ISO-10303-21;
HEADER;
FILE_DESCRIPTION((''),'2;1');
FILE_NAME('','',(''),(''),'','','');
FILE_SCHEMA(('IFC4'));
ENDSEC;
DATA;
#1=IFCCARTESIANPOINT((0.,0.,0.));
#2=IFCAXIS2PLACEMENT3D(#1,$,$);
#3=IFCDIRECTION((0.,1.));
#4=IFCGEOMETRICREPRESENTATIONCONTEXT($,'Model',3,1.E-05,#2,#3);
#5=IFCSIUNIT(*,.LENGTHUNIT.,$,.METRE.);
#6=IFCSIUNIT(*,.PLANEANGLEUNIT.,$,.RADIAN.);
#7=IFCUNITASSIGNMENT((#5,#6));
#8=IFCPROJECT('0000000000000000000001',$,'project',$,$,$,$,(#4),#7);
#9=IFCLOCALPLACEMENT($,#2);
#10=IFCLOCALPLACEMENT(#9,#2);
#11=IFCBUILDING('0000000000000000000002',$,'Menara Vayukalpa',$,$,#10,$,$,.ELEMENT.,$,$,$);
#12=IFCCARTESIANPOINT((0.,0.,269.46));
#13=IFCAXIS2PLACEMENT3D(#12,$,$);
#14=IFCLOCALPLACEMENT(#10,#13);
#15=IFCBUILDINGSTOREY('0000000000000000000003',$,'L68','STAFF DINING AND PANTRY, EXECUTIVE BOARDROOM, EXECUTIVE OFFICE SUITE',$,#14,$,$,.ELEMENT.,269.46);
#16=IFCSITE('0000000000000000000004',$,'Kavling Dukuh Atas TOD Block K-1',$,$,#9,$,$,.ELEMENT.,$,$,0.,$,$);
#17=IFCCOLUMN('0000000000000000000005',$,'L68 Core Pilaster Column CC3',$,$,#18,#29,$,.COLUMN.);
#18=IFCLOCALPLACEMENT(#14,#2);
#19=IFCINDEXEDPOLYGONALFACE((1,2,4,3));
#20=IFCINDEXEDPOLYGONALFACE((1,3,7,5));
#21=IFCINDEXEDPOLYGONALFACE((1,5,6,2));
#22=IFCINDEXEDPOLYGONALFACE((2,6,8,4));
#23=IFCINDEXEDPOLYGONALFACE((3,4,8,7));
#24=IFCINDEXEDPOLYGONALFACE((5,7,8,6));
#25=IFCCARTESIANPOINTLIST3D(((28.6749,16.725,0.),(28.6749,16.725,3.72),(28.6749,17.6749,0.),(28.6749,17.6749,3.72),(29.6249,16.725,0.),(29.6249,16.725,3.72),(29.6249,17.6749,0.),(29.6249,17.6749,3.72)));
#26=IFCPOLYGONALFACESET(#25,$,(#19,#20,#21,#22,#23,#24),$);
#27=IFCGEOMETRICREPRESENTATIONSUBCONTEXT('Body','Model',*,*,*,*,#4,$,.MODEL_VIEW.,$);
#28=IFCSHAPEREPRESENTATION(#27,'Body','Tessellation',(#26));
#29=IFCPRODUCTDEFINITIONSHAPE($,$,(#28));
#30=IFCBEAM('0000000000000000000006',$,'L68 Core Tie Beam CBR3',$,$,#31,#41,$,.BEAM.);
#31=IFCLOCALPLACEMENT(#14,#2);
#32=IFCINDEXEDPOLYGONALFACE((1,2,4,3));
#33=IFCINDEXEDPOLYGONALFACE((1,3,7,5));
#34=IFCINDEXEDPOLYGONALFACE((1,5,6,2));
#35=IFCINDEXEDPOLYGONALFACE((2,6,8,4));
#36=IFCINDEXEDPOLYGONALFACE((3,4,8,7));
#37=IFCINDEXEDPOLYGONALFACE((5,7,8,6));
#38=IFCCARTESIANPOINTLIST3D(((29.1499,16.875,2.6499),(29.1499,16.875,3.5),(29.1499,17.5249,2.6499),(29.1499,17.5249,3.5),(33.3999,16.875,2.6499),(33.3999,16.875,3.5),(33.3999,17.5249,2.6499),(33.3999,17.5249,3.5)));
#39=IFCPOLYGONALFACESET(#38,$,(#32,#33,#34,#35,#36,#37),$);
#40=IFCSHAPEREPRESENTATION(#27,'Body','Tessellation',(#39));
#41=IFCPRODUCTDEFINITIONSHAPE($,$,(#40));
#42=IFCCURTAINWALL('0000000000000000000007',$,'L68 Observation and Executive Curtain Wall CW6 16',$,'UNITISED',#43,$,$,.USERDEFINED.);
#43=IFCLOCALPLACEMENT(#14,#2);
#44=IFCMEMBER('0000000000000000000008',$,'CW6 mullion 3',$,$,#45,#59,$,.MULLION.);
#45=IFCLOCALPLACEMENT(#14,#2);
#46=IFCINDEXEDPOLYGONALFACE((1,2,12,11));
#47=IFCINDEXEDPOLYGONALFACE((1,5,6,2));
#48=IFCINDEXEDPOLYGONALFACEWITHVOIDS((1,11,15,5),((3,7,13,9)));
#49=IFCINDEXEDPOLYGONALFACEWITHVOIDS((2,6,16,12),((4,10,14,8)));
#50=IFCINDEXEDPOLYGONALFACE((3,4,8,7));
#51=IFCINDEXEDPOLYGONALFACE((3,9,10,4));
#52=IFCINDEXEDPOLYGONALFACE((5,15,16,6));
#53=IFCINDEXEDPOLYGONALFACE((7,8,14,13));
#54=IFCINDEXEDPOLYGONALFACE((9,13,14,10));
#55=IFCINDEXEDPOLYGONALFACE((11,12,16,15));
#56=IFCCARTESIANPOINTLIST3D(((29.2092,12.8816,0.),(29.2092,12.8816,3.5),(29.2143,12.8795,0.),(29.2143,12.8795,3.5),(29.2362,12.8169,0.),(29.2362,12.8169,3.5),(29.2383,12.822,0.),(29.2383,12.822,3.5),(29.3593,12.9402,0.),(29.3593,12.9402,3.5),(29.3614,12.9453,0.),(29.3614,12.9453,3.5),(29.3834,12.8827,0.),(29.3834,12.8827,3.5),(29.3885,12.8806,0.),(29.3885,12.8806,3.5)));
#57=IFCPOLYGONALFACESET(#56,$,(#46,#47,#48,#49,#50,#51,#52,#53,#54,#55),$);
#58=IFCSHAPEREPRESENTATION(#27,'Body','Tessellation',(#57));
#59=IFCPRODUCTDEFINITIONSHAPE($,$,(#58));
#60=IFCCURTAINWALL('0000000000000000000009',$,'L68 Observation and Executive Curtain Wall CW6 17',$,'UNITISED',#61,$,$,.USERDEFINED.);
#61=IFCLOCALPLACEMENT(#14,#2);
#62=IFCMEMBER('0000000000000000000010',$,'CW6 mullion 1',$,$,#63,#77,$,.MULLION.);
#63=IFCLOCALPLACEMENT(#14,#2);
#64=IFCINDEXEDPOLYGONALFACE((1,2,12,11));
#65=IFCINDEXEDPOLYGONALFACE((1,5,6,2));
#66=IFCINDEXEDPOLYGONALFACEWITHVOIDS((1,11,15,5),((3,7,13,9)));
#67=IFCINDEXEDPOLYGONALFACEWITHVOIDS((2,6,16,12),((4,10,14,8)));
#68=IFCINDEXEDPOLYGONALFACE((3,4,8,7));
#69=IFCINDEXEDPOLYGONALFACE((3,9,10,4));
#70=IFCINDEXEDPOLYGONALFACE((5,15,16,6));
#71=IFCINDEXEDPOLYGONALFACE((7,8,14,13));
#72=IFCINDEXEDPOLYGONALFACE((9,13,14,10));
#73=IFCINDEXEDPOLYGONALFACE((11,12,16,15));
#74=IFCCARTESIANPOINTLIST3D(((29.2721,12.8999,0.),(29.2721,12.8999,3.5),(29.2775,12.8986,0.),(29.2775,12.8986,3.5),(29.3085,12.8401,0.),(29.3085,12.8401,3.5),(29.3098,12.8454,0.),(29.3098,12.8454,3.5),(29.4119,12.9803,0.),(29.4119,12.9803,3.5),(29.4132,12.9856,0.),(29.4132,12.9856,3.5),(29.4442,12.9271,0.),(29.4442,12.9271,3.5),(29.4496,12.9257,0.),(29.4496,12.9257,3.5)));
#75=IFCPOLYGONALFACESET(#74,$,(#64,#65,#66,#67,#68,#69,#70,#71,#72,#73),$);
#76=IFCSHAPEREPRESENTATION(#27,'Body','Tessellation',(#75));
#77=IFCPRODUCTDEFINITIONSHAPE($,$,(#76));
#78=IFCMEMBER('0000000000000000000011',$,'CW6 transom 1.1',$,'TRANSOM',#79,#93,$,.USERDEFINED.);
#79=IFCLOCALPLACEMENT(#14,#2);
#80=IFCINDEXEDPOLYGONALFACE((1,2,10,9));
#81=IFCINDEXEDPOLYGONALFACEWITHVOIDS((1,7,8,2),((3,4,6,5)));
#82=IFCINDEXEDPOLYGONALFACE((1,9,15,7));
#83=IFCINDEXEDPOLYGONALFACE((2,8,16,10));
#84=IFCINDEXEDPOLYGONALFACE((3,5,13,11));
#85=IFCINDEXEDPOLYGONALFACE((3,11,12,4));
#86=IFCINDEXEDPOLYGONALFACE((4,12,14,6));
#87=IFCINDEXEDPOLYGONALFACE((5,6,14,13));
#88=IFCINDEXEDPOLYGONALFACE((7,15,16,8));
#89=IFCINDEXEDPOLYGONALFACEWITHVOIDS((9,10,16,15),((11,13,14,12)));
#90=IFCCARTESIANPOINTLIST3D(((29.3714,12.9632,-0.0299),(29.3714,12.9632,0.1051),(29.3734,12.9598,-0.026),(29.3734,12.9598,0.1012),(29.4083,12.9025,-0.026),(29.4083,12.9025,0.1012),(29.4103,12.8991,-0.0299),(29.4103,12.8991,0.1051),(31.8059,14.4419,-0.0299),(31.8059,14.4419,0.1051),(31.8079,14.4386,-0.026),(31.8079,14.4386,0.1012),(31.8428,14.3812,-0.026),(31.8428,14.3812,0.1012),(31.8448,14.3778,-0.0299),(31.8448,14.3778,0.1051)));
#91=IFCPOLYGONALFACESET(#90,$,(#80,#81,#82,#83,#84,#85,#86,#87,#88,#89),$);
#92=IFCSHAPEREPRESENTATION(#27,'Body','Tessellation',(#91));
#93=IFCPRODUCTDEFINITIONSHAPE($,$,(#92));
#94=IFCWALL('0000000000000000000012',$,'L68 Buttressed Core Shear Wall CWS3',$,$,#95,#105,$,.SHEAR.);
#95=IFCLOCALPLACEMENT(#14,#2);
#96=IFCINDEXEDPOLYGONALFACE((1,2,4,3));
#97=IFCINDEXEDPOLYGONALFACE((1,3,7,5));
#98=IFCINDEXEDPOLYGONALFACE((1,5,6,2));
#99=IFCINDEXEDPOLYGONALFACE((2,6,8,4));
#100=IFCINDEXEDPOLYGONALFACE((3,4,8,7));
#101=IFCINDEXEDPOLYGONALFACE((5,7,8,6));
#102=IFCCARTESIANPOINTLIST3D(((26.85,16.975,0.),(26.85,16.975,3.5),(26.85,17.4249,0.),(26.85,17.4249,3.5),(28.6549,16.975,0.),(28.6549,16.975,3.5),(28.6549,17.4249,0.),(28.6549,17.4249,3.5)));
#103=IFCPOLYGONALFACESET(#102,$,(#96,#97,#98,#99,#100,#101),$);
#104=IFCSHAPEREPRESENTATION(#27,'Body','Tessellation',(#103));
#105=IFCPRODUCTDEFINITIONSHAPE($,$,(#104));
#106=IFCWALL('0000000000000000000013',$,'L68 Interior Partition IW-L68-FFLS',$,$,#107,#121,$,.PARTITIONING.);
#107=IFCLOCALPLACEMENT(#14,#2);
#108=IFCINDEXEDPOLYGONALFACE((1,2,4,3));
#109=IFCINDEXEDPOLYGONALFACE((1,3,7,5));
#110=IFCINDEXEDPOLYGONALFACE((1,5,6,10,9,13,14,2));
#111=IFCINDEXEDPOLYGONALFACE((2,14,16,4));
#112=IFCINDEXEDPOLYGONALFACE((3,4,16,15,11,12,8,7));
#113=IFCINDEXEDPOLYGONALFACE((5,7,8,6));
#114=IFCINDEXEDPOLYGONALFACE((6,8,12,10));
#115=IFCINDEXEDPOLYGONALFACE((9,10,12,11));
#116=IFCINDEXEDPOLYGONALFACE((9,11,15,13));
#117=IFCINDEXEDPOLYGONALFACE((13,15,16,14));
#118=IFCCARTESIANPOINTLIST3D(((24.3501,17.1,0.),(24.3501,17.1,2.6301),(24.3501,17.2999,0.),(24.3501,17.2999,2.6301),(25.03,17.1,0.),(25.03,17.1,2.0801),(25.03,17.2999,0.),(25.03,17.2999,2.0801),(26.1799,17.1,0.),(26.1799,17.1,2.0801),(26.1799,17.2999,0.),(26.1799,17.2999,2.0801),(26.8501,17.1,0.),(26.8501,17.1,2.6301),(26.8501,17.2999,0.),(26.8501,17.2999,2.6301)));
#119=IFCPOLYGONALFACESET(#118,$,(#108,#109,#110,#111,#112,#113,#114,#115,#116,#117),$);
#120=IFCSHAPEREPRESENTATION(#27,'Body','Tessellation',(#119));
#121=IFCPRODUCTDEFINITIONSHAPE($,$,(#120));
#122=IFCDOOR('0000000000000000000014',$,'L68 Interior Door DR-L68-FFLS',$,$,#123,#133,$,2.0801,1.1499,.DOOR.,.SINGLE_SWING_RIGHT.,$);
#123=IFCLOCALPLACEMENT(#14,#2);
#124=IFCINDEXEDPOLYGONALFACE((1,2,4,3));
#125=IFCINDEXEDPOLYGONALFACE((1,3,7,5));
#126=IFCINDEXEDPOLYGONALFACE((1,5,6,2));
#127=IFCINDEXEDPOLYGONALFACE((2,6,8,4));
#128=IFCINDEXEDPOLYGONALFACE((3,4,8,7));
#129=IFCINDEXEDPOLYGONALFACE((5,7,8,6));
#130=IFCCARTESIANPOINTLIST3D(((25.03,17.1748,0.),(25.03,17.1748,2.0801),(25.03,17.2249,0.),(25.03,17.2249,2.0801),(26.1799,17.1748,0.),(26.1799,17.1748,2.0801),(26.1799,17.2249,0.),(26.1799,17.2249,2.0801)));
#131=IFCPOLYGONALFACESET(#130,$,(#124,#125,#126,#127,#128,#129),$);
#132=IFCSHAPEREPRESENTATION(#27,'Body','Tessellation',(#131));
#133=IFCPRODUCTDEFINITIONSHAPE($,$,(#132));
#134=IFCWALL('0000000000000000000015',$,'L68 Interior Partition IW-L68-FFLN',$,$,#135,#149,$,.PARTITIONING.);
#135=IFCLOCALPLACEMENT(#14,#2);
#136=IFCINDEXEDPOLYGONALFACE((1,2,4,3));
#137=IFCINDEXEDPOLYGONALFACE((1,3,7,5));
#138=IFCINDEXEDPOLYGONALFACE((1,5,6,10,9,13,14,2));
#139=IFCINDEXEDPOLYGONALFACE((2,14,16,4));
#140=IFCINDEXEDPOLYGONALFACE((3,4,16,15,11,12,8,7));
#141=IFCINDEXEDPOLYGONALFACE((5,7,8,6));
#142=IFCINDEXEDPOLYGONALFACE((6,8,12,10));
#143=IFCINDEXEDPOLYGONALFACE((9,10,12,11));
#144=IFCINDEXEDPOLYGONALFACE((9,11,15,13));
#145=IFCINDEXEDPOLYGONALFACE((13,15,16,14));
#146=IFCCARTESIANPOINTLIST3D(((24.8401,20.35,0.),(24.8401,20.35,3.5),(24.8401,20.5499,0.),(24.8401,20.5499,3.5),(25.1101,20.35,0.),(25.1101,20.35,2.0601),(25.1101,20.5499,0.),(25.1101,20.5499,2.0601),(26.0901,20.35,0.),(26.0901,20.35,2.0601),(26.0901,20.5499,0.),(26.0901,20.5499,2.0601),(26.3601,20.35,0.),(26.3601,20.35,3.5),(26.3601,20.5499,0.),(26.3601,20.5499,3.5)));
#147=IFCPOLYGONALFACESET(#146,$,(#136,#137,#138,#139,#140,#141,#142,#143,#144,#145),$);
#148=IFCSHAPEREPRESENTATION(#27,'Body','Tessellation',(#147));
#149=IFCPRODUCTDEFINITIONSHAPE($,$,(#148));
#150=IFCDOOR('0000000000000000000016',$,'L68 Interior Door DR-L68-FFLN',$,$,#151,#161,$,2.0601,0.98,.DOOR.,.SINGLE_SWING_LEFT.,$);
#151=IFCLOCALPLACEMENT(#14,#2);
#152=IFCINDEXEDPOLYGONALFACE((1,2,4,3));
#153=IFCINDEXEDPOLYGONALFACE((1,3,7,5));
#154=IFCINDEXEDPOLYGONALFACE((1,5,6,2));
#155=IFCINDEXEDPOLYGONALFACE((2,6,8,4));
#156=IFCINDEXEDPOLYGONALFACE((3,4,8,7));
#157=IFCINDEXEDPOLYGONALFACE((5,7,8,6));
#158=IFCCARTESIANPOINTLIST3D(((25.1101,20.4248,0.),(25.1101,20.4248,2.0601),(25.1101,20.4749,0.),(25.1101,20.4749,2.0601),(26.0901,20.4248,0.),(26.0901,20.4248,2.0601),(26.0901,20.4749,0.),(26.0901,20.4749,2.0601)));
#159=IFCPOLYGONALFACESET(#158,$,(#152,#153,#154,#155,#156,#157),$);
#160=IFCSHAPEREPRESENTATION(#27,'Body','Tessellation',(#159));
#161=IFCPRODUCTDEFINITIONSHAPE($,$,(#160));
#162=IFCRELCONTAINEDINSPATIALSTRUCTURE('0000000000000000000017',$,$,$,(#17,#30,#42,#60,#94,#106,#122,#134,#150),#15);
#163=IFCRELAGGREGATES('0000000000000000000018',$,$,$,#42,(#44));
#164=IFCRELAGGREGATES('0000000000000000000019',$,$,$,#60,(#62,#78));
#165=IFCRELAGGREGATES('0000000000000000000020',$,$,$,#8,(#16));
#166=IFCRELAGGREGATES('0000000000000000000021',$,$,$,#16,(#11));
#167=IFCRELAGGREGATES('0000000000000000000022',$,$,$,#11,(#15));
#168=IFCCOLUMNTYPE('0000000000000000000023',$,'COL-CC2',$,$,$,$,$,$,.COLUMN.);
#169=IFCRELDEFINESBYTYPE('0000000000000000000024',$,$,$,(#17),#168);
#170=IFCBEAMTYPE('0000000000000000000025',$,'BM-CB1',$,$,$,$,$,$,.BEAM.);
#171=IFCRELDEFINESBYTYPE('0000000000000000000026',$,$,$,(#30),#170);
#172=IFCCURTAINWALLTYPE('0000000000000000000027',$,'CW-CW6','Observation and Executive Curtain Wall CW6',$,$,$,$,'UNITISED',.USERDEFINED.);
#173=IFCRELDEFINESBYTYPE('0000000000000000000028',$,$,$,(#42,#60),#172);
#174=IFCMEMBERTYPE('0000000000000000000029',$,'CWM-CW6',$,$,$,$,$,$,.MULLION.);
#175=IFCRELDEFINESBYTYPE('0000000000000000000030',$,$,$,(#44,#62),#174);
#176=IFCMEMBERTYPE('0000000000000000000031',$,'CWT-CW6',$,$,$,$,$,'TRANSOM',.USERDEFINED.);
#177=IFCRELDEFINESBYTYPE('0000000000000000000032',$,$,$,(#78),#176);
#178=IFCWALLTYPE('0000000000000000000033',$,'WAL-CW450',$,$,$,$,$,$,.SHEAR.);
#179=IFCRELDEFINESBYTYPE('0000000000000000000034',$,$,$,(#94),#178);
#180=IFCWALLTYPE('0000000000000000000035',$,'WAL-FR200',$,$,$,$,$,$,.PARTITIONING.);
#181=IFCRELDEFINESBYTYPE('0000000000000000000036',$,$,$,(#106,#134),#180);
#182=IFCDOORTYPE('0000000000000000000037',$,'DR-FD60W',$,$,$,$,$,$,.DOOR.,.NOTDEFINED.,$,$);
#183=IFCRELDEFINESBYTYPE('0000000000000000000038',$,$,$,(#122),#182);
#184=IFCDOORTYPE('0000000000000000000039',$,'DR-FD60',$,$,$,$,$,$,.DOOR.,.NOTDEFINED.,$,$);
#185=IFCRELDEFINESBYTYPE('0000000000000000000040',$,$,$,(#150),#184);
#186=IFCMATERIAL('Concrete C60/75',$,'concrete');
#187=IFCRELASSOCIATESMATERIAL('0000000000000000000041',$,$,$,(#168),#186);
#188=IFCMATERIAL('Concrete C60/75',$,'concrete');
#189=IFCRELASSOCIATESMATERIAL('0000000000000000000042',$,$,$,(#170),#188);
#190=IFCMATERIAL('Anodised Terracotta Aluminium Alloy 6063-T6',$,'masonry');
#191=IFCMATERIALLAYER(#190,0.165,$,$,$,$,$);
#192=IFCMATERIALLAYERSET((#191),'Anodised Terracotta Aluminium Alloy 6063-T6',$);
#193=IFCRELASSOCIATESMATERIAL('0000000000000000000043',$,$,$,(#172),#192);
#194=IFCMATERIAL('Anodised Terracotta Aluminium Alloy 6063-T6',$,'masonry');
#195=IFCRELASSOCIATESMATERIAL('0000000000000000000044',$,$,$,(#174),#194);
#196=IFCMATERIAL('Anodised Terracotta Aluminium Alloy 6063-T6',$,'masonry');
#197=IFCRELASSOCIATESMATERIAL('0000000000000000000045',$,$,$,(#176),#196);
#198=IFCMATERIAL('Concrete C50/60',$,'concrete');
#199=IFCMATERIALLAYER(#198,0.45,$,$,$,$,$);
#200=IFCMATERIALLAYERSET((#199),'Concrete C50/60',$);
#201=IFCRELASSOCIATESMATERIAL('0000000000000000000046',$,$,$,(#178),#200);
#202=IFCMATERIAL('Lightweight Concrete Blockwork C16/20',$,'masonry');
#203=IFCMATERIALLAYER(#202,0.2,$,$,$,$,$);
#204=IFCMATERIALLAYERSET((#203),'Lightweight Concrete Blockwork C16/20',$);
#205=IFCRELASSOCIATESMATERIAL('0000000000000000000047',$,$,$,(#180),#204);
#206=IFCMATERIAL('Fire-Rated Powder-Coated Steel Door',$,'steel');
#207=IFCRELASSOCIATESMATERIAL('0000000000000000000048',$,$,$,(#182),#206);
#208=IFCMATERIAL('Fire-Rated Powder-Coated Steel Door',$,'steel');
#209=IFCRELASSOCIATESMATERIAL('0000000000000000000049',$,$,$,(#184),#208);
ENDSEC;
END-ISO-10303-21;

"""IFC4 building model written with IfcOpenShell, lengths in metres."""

from ifc_helpers import new_model, si_unit, direction, frame, frame_2d, origin, origin_2d, place, context, subcontext, project, spatial, rectangle, hollow_rectangle, extrude, material, layer, layer_set, material_profile, profile_set, type_object, element, fill, aggregate, save


model = new_model("IFC4")

# Units and contexts
model_context = context("Model", 3, precision=1e-05, world=origin(), true_north=direction((0.0, 1.0)))
body_context = subcontext(model_context, "Body", "Model", "MODEL_VIEW")
ifc_project = project(units=[si_unit("LENGTHUNIT", "METRE"), si_unit("PLANEANGLEUNIT", "RADIAN")], contexts=[model_context])

# Site, building, storey
site_placement = place(None, origin())
site = spatial("IfcSite", under=ifc_project, at=site_placement, Name="Kavling Dukuh Atas TOD Block K-1", CompositionType="ELEMENT", RefElevation=0.0)
building_placement = place(site_placement, origin())
building = spatial("IfcBuilding", under=site, at=building_placement, Name="Menara Vayukalpa", CompositionType="ELEMENT")
storey_placement = place(building_placement, frame((0.0, 0.0, 269.46)))
storey = spatial("IfcBuildingStorey", under=building, at=storey_placement, Name="L68", Description="STAFF DINING AND PANTRY, EXECUTIVE BOARDROOM, EXECUTIVE OFFICE SUITE", CompositionType="ELEMENT", Elevation=269.46)

# Column
ifc_material_1 = material(Name="Concrete C60/75", Category="concrete")
ifc_material_profile_1 = material_profile(ifc_material_1, rectangle(XDim=0.95, YDim=0.95, at=origin_2d()), Name="RC 950x950")
ifc_profile_set_1 = profile_set([ifc_material_profile_1], Name="Concrete C60/75")
column_type = type_object("IfcColumnType", Name="COL-CC2", PredefinedType="COLUMN", material=ifc_profile_set_1)
column_placement = place(storey_placement, frame((29.1499, 17.2, 0.0), z_axis=(0.0, 0.0, 1.0), x_axis=(1.0, 0.0, 0.0)))
element("IfcColumn", 1, at=column_placement, inside=storey, type_object=column_type, Name="L68 Core Pilaster Column CC3", PredefinedType="COLUMN", context=body_context, shape_type="SweptSolid", body=[
    extrude(rectangle(XDim=0.95, YDim=0.95, at=origin_2d()), origin(), (0.0, 0.0, 1.0), 3.72),
])

# Beam
ifc_material_2 = material(Name="Concrete C60/75", Category="concrete")
ifc_material_profile_2 = material_profile(ifc_material_2, rectangle(XDim=0.6499, YDim=0.8501, at=origin_2d()), Name="RC 650x850")
ifc_profile_set_2 = profile_set([ifc_material_profile_2], Name="Concrete C60/75")
beam_type = type_object("IfcBeamType", Name="BM-CB1", PredefinedType="BEAM", material=ifc_profile_set_2)
beam_placement = place(storey_placement, frame((29.1499, 17.2, 3.075), z_axis=(1.0, 0.0, 0.0), x_axis=(0.0, 1.0, 0.0)))
element("IfcBeam", 2, at=beam_placement, inside=storey, type_object=beam_type, Name="L68 Core Tie Beam CBR3", PredefinedType="BEAM", context=body_context, shape_type="SweptSolid", body=[
    extrude(rectangle(XDim=0.6499, YDim=0.8501, at=origin_2d()), origin(), (0.0, 0.0, 1.0), 4.25),
])

# Curtain wall, member
ifc_material_3 = material(Name="Anodised Terracotta Aluminium Alloy 6063-T6", Category="masonry")
ifc_layer_1 = layer(ifc_material_3, 0.165)
ifc_layer_set_1 = layer_set([ifc_layer_1], Name="Anodised Terracotta Aluminium Alloy 6063-T6")
curtain_wall_type = type_object("IfcCurtainWallType", Name="CW-CW6", Description="Observation and Executive Curtain Wall CW6", ElementType="UNITISED", PredefinedType="USERDEFINED", material=ifc_layer_set_1)
curtain_wall_1_placement = place(storey_placement, origin())
curtain_wall_1 = element("IfcCurtainWall", 3, at=curtain_wall_1_placement, inside=storey, type_object=curtain_wall_type, Name="L68 Observation and Executive Curtain Wall CW6 16", ObjectType="UNITISED", PredefinedType="USERDEFINED")
ifc_material_4 = material(Name="Anodised Terracotta Aluminium Alloy 6063-T6", Category="masonry")
ifc_material_profile_3 = material_profile(ifc_material_4, hollow_rectangle(XDim=0.0701, YDim=0.165, WallThickness=0.0039, at=origin_2d()), Name="ALU 70x165x4")
ifc_profile_set_3 = profile_set([ifc_material_profile_3], Name="Anodised Terracotta Aluminium Alloy 6063-T6")
member_type_1 = type_object("IfcMemberType", Name="CWM-CW6", PredefinedType="MULLION", material=ifc_profile_set_3)
member_1_placement = place(storey_placement, frame((29.2988, 12.8811, 0.0), z_axis=(0.0, 0.0, 1.0), x_axis=(-0.3859, 0.922541, 0.0)))
member_1 = element("IfcMember", 4, at=member_1_placement, type_object=member_type_1, Name="CW6 mullion 3", PredefinedType="MULLION", context=body_context, shape_type="SweptSolid", body=[
    extrude(hollow_rectangle(XDim=0.0701, YDim=0.165, WallThickness=0.0039, at=origin_2d()), origin(), (0.0, 0.0, 1.0), 3.5),
])
aggregate(curtain_wall_1, [member_1])

# Curtain wall, members
curtain_wall_2_placement = place(storey_placement, origin())
curtain_wall_2 = element("IfcCurtainWall", 5, at=curtain_wall_2_placement, inside=storey, type_object=curtain_wall_type, Name="L68 Observation and Executive Curtain Wall CW6 17", ObjectType="UNITISED", PredefinedType="USERDEFINED")
member_2_placement = place(storey_placement, frame((29.3608, 12.9128, 0.0), z_axis=(0.0, 0.0, 1.0), x_axis=(-0.519176, 0.854668, 0.0)))
member_2 = element("IfcMember", 6, at=member_2_placement, type_object=member_type_1, Name="CW6 mullion 1", PredefinedType="MULLION", context=body_context, shape_type="SweptSolid", body=[
    extrude(hollow_rectangle(XDim=0.0701, YDim=0.165, WallThickness=0.0039, at=origin_2d()), origin(), (0.0, 0.0, 1.0), 3.5),
])
ifc_material_5 = material(Name="Anodised Terracotta Aluminium Alloy 6063-T6", Category="masonry")
ifc_material_profile_4 = material_profile(ifc_material_5, hollow_rectangle(XDim=0.075, YDim=0.135, WallThickness=0.0039, at=origin_2d()), Name="ALU 75x135x4")
ifc_profile_set_4 = profile_set([ifc_material_profile_4], Name="Anodised Terracotta Aluminium Alloy 6063-T6")
member_type_2 = type_object("IfcMemberType", Name="CWT-CW6", ElementType="TRANSOM", PredefinedType="USERDEFINED", material=ifc_profile_set_4)
member_3_placement = place(storey_placement, frame((29.3909, 12.9312, 0.0376), z_axis=(0.85469, 0.519139, 0.0), x_axis=(-0.519139, 0.85469, 0.0)))
member_3 = element("IfcMember", 7, at=member_3_placement, type_object=member_type_2, Name="CW6 transom 1.1", ObjectType="TRANSOM", PredefinedType="USERDEFINED", context=body_context, shape_type="SweptSolid", body=[
    extrude(hollow_rectangle(XDim=0.075, YDim=0.135, WallThickness=0.0039, at=origin_2d()), origin(), (0.0, 0.0, 1.0), 2.8484),
])
aggregate(curtain_wall_2, [member_2, member_3])

# Wall
ifc_material_6 = material(Name="Concrete C50/60", Category="concrete")
ifc_layer_2 = layer(ifc_material_6, 0.45)
ifc_layer_set_2 = layer_set([ifc_layer_2], Name="Concrete C50/60")
wall_type_1 = type_object("IfcWallType", Name="WAL-CW450", PredefinedType="SHEAR", material=ifc_layer_set_2)
wall_1_placement = place(storey_placement, frame((26.8501, 17.2, 0.0), z_axis=(0.0, 0.0, 1.0), x_axis=(1.0, 0.0, 0.0)))
element("IfcWall", 8, at=wall_1_placement, inside=storey, type_object=wall_type_1, Name="L68 Buttressed Core Shear Wall CWS3", PredefinedType="SHEAR", context=body_context, shape_type="SweptSolid", body=[
    extrude(rectangle(XDim=1.8049, YDim=0.45, at=frame_2d((0.9023, 0.0))), origin(), (0.0, 0.0, 1.0), 3.5),
])

# Walls, openings, doors
ifc_material_7 = material(Name="Lightweight Concrete Blockwork C16/20", Category="masonry")
ifc_layer_3 = layer(ifc_material_7, 0.2)
ifc_layer_set_3 = layer_set([ifc_layer_3], Name="Lightweight Concrete Blockwork C16/20")
wall_type_2 = type_object("IfcWallType", Name="WAL-FR200", PredefinedType="PARTITIONING", material=ifc_layer_set_3)
wall_2_placement = place(storey_placement, frame((24.3501, 17.2, 0.0), z_axis=(0.0, 0.0, 1.0), x_axis=(1.0, 0.0, 0.0)))
wall_2 = element("IfcWall", 9, at=wall_2_placement, inside=storey, type_object=wall_type_2, Name="L68 Interior Partition IW-L68-FFLS", PredefinedType="PARTITIONING", context=body_context, shape_type="SweptSolid", body=[
    extrude(rectangle(XDim=2.5, YDim=0.2, at=frame_2d((1.25, 0.0))), origin(), (0.0, 0.0, 1.0), 2.6301),
])
opening_1_placement = place(wall_2_placement, frame((0.6799, 0.0, 0.0)))
opening_1 = element("IfcOpeningElement", 10, at=opening_1_placement, cuts=wall_2, PredefinedType="OPENING", context=body_context, shape_type="SweptSolid", body=[
    extrude(rectangle(XDim=1.1499, YDim=2.0801, at=frame_2d((0.575, 1.04))), frame((0.0, 0.1099, 0.0), z_axis=(0.0, -1.0, 0.0), x_axis=(1.0, 0.0, 0.0)), (0.0, 0.0, 1.0), 0.22),
])
ifc_material_8 = material(Name="Fire-Rated Powder-Coated Steel Door", Category="steel")
door_type_1 = type_object("IfcDoorType", Name="DR-FD60W", OperationType="NOTDEFINED", PredefinedType="DOOR", material=ifc_material_8)
door_1_placement = place(opening_1_placement, origin())
door_1 = element("IfcDoor", 11, at=door_1_placement, inside=storey, type_object=door_type_1, Name="L68 Interior Door DR-L68-FFLS", OperationType="SINGLE_SWING_RIGHT", OverallHeight=2.0801, OverallWidth=1.1499, PredefinedType="DOOR", context=body_context, shape_type="SweptSolid", body=[
    extrude(rectangle(XDim=1.1499, YDim=2.0801, at=frame_2d((0.575, 1.04))), frame((0.0, 0.0249, 0.0), z_axis=(0.0, -1.0, 0.0), x_axis=(1.0, 0.0, 0.0)), (0.0, 0.0, 1.0), 0.05),
])
fill(opening_1, door_1)
wall_3_placement = place(storey_placement, frame((24.8401, 20.45, 0.0), z_axis=(0.0, 0.0, 1.0), x_axis=(1.0, 0.0, 0.0)))
wall_3 = element("IfcWall", 12, at=wall_3_placement, inside=storey, type_object=wall_type_2, Name="L68 Interior Partition IW-L68-FFLN", PredefinedType="PARTITIONING", context=body_context, shape_type="SweptSolid", body=[
    extrude(rectangle(XDim=1.52, YDim=0.2, at=frame_2d((0.76, 0.0))), origin(), (0.0, 0.0, 1.0), 3.5),
])
opening_2_placement = place(wall_3_placement, frame((0.27, 0.0, 0.0)))
opening_2 = element("IfcOpeningElement", 13, at=opening_2_placement, cuts=wall_3, PredefinedType="OPENING", context=body_context, shape_type="SweptSolid", body=[
    extrude(rectangle(XDim=0.98, YDim=2.0601, at=frame_2d((0.49, 1.03))), frame((0.0, 0.1099, 0.0), z_axis=(0.0, -1.0, 0.0), x_axis=(1.0, 0.0, 0.0)), (0.0, 0.0, 1.0), 0.22),
])
ifc_material_9 = material(Name="Fire-Rated Powder-Coated Steel Door", Category="steel")
door_type_2 = type_object("IfcDoorType", Name="DR-FD60", OperationType="NOTDEFINED", PredefinedType="DOOR", material=ifc_material_9)
door_2_placement = place(opening_2_placement, origin())
door_2 = element("IfcDoor", 14, at=door_2_placement, inside=storey, type_object=door_type_2, Name="L68 Interior Door DR-L68-FFLN", OperationType="SINGLE_SWING_LEFT", OverallHeight=2.0601, OverallWidth=0.98, PredefinedType="DOOR", context=body_context, shape_type="SweptSolid", body=[
    extrude(rectangle(XDim=0.98, YDim=2.0601, at=frame_2d((0.49, 1.03))), frame((0.0, 0.0249, 0.0), z_axis=(0.0, -1.0, 0.0), x_axis=(1.0, 0.0, 0.0)), (0.0, 0.0, 1.0), 0.05),
])
fill(opening_2, door_2)

save(model, "model.ifc")
